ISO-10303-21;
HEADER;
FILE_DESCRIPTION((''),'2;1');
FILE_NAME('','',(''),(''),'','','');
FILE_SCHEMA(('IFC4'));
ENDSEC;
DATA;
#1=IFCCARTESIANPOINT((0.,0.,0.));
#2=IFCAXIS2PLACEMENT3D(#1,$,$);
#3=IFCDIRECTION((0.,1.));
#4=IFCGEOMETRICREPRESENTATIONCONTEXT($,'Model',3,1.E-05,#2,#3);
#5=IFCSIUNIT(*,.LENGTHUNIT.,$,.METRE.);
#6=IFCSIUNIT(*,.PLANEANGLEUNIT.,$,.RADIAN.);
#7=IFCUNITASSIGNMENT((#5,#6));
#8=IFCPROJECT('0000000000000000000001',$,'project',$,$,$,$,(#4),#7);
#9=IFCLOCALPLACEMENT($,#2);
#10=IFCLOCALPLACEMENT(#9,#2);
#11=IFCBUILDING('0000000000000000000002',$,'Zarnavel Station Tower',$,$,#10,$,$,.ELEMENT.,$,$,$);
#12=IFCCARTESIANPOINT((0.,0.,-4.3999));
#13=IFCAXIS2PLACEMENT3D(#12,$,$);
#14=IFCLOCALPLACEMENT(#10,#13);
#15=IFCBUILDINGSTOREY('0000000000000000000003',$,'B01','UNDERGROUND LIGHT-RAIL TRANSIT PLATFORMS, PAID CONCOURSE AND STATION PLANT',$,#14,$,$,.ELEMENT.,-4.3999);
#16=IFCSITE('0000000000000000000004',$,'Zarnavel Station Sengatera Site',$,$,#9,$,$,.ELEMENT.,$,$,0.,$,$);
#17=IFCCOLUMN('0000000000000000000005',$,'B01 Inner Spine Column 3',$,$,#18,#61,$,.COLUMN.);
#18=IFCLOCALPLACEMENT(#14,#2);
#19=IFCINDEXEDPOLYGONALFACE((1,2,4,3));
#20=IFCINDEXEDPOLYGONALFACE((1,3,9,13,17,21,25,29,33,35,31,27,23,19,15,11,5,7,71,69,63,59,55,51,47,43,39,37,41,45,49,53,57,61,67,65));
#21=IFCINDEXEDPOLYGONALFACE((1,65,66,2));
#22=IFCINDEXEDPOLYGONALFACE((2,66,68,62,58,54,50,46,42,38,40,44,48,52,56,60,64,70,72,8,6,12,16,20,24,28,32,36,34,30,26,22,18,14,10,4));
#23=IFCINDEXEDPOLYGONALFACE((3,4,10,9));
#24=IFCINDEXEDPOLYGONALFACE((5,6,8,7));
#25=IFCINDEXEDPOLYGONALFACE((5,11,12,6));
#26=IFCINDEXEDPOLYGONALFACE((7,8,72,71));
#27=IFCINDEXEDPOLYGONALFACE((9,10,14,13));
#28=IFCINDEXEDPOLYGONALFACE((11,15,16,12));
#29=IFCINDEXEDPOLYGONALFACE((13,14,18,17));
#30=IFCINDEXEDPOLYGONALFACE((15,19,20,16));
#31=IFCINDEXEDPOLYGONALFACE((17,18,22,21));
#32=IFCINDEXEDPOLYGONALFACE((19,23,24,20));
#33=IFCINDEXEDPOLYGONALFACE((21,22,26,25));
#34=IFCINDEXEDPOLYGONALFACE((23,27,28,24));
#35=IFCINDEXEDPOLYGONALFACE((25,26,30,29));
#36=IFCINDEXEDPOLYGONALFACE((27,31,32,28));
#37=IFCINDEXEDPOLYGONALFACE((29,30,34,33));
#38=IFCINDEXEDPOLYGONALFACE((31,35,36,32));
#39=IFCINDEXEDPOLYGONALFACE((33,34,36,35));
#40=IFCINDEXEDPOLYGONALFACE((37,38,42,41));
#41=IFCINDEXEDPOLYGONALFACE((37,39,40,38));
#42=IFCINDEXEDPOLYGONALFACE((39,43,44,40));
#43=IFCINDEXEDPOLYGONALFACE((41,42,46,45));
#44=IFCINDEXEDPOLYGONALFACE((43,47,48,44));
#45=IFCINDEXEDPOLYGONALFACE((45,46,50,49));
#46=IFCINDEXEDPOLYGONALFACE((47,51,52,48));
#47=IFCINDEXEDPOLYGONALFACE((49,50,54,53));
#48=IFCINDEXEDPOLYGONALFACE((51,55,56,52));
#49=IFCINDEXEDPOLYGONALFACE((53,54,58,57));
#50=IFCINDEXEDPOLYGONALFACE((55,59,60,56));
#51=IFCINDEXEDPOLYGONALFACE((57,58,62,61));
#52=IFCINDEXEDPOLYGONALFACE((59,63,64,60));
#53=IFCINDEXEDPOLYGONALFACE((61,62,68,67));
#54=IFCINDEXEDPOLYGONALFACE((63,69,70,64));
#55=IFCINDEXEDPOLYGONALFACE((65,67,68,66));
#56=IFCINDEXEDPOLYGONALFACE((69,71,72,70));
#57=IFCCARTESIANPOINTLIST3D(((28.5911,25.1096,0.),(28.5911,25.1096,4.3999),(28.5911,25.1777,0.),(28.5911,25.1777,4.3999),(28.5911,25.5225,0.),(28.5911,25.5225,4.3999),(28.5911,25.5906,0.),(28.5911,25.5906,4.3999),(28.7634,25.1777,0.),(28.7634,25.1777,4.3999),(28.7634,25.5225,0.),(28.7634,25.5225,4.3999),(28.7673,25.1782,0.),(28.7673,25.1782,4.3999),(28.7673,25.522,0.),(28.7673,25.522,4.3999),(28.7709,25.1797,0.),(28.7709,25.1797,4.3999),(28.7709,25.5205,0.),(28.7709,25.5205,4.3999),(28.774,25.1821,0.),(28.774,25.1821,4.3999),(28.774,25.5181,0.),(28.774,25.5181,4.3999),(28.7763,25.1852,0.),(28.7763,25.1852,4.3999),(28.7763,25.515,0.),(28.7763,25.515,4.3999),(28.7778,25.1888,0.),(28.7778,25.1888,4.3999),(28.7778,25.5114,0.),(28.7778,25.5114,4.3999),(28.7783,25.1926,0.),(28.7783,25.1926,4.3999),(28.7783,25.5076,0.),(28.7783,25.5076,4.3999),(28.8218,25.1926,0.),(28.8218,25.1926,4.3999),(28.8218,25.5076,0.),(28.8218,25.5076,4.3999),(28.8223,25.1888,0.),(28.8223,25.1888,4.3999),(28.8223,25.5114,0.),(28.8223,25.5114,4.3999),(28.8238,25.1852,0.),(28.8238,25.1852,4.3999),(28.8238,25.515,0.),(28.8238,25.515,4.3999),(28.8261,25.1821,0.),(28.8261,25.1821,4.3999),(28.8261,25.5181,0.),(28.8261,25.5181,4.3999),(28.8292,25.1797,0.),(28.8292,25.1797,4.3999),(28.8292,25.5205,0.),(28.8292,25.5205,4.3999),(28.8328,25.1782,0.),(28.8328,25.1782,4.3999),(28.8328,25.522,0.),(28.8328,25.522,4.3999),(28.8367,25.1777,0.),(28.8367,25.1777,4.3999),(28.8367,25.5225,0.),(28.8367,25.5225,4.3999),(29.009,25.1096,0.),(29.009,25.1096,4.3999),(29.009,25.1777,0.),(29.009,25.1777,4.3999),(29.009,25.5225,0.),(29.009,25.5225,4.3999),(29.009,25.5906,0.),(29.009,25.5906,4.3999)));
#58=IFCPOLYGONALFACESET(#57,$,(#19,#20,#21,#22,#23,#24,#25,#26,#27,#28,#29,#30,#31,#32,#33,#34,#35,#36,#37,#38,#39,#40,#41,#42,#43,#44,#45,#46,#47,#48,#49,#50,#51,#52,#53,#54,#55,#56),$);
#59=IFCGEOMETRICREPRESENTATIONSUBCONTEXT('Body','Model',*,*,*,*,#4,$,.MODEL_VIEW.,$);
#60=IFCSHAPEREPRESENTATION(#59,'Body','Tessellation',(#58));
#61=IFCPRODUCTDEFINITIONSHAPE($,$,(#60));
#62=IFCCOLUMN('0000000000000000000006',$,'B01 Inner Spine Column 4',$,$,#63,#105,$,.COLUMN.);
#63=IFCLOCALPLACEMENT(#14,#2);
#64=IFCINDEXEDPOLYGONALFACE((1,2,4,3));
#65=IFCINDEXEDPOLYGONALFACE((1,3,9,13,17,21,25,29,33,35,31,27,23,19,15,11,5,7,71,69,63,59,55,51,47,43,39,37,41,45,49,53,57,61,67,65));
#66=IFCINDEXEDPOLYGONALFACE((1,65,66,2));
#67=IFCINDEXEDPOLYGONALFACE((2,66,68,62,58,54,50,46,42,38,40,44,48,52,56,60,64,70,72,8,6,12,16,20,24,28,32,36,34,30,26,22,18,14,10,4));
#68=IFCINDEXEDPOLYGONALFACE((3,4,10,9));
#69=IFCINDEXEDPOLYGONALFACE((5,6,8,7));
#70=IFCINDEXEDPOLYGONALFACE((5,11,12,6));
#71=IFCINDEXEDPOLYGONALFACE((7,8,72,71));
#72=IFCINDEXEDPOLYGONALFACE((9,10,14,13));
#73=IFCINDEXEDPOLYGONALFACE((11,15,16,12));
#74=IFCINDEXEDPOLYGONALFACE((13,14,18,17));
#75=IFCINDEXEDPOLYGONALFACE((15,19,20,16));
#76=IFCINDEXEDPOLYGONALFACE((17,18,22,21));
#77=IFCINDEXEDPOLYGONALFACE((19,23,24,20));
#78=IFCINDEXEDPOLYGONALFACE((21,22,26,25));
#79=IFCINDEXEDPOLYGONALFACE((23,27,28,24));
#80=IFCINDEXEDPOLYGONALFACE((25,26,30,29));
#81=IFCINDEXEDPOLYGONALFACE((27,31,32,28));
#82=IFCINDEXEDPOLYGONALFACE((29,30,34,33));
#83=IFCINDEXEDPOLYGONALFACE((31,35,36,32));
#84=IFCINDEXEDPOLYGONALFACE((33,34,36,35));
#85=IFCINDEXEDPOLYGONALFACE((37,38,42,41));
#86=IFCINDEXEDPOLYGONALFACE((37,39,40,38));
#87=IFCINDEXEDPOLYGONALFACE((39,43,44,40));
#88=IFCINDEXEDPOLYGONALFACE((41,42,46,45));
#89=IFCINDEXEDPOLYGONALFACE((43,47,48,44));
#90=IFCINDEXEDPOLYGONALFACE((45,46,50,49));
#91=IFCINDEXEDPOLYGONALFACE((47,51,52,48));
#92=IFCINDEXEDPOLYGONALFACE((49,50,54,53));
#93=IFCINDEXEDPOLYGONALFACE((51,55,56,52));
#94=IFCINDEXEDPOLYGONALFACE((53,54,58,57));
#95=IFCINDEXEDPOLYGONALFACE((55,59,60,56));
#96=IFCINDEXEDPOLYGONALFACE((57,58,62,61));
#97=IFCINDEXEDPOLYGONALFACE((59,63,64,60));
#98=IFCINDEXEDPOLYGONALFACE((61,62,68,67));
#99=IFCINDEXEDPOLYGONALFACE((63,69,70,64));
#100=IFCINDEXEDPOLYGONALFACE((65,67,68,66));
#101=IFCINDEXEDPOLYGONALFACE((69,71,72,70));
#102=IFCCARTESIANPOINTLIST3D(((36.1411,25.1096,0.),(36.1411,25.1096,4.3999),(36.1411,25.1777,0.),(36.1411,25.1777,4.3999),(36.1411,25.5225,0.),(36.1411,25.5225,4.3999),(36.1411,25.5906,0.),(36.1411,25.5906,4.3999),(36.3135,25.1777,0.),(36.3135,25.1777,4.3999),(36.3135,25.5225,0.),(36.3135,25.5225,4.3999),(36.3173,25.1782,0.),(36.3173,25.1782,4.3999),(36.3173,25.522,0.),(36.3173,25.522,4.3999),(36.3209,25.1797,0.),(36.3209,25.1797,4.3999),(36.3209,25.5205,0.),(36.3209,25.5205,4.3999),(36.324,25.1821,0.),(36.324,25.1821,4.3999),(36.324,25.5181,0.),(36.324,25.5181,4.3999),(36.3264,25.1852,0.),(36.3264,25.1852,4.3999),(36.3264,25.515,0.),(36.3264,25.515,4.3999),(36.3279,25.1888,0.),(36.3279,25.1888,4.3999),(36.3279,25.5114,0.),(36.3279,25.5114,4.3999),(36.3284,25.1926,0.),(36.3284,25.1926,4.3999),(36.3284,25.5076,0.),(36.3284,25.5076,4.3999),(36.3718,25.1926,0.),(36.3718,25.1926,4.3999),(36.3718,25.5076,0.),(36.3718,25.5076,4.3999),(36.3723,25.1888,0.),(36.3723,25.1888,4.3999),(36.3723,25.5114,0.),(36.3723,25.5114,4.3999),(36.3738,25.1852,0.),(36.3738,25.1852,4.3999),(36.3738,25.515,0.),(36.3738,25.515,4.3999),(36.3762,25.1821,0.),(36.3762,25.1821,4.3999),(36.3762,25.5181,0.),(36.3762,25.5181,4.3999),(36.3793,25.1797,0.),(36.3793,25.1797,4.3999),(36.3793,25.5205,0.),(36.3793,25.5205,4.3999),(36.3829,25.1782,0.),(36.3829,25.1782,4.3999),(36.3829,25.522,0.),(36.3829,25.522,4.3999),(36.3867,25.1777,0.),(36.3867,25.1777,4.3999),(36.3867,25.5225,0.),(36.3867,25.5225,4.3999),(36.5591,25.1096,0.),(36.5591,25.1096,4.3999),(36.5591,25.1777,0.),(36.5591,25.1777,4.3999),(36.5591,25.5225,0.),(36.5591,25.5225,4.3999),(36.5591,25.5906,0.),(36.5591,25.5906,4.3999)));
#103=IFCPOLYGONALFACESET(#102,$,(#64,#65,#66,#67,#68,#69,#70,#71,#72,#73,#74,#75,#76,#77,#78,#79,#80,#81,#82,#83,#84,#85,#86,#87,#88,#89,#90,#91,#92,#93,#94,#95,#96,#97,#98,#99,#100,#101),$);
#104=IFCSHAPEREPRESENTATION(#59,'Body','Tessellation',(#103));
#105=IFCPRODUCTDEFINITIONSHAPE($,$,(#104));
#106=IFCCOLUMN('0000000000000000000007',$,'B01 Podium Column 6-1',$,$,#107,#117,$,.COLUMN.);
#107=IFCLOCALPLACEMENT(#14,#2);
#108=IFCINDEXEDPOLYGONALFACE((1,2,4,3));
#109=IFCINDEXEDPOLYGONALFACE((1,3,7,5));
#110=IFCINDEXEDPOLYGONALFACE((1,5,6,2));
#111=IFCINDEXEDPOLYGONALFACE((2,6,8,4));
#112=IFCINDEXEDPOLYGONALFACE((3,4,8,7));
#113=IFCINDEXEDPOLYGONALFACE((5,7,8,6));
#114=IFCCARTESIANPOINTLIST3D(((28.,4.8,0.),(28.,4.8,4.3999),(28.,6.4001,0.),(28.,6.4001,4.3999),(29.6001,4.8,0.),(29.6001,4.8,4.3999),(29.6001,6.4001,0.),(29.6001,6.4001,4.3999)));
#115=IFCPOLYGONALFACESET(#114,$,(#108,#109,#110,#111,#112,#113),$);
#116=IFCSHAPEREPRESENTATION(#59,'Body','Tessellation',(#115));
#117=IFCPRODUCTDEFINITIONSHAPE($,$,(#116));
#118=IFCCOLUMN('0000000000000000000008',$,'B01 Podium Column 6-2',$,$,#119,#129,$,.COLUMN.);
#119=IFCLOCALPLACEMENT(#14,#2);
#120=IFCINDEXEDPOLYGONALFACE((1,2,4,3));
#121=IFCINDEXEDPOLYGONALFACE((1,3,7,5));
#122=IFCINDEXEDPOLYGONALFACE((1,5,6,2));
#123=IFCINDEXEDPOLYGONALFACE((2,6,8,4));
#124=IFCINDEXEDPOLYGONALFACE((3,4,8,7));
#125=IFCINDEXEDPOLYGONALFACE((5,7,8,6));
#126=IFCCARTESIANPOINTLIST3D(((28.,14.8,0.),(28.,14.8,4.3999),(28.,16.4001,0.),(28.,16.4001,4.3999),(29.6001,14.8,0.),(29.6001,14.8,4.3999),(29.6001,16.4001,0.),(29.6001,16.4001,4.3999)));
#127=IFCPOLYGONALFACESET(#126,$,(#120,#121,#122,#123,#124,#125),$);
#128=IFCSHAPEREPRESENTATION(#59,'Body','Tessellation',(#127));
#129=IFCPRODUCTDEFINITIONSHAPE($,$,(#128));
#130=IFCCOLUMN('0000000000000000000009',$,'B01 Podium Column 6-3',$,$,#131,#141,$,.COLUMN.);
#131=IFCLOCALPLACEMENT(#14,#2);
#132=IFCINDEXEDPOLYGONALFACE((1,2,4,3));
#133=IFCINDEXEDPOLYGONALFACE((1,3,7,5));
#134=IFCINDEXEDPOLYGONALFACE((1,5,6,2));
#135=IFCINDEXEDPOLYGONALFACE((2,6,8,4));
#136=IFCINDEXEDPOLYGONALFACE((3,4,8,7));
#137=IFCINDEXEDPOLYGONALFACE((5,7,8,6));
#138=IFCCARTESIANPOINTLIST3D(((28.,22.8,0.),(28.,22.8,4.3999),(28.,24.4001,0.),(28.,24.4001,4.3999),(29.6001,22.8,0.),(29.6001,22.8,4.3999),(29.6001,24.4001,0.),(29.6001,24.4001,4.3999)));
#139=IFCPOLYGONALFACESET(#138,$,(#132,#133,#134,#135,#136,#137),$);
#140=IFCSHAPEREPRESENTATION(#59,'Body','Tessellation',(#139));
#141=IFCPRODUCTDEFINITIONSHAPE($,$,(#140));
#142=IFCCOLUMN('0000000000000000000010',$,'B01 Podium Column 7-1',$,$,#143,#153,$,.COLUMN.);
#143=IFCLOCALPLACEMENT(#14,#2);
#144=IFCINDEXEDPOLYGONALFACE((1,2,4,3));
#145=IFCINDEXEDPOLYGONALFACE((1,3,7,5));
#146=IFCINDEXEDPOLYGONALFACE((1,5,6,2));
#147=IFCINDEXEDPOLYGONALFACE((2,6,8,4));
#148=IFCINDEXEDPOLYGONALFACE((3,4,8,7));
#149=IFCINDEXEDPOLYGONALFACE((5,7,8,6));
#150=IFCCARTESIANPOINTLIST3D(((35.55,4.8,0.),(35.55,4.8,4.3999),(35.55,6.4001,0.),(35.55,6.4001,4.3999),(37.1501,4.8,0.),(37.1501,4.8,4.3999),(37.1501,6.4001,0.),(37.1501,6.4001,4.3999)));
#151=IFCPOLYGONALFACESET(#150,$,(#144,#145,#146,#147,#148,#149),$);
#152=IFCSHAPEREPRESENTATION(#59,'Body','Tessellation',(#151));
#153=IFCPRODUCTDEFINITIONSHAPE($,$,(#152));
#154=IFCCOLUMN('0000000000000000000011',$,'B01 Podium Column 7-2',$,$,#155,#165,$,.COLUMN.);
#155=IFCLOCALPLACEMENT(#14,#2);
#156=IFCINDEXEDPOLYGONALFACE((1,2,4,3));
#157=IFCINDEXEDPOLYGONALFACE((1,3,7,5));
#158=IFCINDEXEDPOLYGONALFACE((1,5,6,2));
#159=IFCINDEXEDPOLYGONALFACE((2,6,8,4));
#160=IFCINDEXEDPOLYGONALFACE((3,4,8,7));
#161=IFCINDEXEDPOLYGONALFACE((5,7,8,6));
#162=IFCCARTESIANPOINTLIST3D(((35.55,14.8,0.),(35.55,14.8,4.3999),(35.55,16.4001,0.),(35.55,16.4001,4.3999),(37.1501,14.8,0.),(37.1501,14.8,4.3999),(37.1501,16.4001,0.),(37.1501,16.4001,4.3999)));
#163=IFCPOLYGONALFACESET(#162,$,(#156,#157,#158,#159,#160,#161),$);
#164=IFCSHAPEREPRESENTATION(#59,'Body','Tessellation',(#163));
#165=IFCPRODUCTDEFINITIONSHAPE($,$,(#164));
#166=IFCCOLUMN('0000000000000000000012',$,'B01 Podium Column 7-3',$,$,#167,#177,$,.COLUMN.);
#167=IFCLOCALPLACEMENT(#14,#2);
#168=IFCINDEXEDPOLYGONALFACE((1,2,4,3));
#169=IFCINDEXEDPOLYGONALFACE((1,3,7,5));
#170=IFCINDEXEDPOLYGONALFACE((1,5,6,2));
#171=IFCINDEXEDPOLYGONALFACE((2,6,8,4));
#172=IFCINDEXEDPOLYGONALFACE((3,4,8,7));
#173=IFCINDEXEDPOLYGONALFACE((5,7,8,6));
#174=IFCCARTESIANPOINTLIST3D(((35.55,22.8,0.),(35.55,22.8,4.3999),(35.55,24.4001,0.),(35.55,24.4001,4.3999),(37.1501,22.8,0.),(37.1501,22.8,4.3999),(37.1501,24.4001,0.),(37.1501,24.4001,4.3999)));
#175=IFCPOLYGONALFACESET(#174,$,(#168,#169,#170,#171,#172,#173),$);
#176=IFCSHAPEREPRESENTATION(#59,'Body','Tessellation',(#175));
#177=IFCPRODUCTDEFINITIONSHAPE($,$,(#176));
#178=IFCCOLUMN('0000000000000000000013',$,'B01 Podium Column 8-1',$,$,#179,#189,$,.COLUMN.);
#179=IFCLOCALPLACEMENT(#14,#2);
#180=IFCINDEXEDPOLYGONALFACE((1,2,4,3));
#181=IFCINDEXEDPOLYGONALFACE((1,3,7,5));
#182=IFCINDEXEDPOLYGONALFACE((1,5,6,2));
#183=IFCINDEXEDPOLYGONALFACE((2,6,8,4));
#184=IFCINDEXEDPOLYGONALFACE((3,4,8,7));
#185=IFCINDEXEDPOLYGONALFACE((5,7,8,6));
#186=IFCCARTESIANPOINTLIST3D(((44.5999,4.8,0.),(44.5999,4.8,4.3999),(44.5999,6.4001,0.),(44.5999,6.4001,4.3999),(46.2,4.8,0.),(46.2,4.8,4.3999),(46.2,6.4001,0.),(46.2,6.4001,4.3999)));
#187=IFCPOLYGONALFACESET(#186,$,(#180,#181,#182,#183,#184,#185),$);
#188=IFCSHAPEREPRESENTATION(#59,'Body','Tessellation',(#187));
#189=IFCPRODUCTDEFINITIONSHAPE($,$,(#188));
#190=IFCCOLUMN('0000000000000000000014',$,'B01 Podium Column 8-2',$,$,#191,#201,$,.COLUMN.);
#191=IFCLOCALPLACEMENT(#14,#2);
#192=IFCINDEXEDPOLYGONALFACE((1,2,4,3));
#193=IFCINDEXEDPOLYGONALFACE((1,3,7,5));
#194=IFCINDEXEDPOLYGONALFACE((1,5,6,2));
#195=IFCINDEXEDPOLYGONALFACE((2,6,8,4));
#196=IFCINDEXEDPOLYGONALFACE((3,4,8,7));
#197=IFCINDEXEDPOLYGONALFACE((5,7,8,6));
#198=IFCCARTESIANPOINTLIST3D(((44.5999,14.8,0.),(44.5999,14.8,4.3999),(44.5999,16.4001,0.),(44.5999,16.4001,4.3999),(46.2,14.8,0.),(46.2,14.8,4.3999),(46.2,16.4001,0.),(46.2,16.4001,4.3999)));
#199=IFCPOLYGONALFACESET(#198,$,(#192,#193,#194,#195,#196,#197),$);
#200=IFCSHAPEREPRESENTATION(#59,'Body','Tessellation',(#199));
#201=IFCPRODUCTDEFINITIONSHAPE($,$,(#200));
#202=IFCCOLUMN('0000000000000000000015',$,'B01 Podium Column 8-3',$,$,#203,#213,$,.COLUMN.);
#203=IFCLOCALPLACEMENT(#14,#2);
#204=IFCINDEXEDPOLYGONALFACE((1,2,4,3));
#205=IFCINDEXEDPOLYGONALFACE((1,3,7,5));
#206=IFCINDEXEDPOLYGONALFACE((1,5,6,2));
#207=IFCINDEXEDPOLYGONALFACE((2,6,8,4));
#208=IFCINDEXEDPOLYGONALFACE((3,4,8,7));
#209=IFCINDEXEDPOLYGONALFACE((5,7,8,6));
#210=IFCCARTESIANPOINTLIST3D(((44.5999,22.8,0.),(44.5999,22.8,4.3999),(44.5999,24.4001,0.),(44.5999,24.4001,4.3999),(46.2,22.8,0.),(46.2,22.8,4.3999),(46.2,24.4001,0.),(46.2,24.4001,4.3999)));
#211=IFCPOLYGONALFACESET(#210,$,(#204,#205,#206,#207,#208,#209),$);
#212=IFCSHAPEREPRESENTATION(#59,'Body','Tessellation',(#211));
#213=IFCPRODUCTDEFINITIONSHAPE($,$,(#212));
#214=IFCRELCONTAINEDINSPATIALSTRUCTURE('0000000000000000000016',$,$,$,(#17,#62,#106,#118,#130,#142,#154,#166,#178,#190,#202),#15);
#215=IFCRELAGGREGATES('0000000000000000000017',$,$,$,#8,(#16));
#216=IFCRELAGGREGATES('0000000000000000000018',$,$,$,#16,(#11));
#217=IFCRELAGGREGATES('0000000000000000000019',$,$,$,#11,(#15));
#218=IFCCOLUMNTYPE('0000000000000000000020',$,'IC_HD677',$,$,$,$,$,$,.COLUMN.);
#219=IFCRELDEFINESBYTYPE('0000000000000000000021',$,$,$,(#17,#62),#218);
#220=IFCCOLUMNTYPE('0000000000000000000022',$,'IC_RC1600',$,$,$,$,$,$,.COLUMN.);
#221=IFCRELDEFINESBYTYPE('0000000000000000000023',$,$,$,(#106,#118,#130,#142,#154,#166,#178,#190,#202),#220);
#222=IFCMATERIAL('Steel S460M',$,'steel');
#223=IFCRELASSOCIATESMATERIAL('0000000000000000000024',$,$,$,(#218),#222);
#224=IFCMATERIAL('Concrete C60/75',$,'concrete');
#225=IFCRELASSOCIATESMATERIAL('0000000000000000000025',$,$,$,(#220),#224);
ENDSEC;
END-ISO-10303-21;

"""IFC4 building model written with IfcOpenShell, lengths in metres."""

from ifc_helpers import new_model, si_unit, direction, frame, origin, origin_2d, place, context, subcontext, project, spatial, rectangle, i_section, extrude, material, material_profile, profile_set, type_object, element, save


model = new_model("IFC4")

# Units and contexts
model_context = context("Model", 3, precision=1e-05, world=origin(), true_north=direction((0.0, 1.0)))
body_context = subcontext(model_context, "Body", "Model", "MODEL_VIEW")
ifc_project = project(units=[si_unit("LENGTHUNIT", "METRE"), si_unit("PLANEANGLEUNIT", "RADIAN")], contexts=[model_context])

# Site, building, storey
site_placement = place(None, origin())
site = spatial("IfcSite", under=ifc_project, at=site_placement, Name="Zarnavel Station Sengatera Site", CompositionType="ELEMENT", RefElevation=0.0)
building_placement = place(site_placement, origin())
building = spatial("IfcBuilding", under=site, at=building_placement, Name="Zarnavel Station Tower", CompositionType="ELEMENT")
storey_placement = place(building_placement, frame((0.0, 0.0, -4.3999)))
storey = spatial("IfcBuildingStorey", under=building, at=storey_placement, Name="B01", Description="UNDERGROUND LIGHT-RAIL TRANSIT PLATFORMS, PAID CONCOURSE AND STATION PLANT", CompositionType="ELEMENT", Elevation=-4.3999)

# Columns
ifc_material_1 = material(Name="Steel S460M", Category="steel")
ifc_material_profile_1 = material_profile(ifc_material_1, i_section(OverallWidth=0.418, OverallDepth=0.481, WebThickness=0.0435, FlangeThickness=0.0681, FilletRadius=0.0149, at=origin_2d()), Name="HD400x677")
ifc_profile_set_1 = profile_set([ifc_material_profile_1], Name="Steel S460M")
column_type_1 = type_object("IfcColumnType", Name="IC_HD677", PredefinedType="COLUMN", material=ifc_profile_set_1)
for number, where, z_axis, x_axis, name in (
    (1, (28.8, 25.3501, 0.0), (0.0, 0.0, 1.0), (1.0, 0.0, 0.0), "B01 Inner Spine Column 3"),
    (2, (36.3501, 25.3501, 0.0), (0.0, 0.0, 1.0), (1.0, 0.0, 0.0), "B01 Inner Spine Column 4"),
):
    element("IfcColumn", number, at=place(storey_placement, frame(where, z_axis=z_axis, x_axis=x_axis)), inside=storey, type_object=column_type_1, Name=name, PredefinedType="COLUMN", context=body_context, shape_type="SweptSolid", body=[
        extrude(i_section(OverallWidth=0.418, OverallDepth=0.481, WebThickness=0.0435, FlangeThickness=0.0681, FilletRadius=0.0149, at=origin_2d()), origin(), (0.0, 0.0, 1.0), 4.3999),
    ])
ifc_material_2 = material(Name="Concrete C60/75", Category="concrete")
ifc_material_profile_2 = material_profile(ifc_material_2, rectangle(XDim=1.6001, YDim=1.6001, at=origin_2d()), Name="RC1600x1600")
ifc_profile_set_2 = profile_set([ifc_material_profile_2], Name="Concrete C60/75")
column_type_2 = type_object("IfcColumnType", Name="IC_RC1600", PredefinedType="COLUMN", material=ifc_profile_set_2)
for number, where, z_axis, x_axis, name in (
    (3, (28.8, 5.6001, 0.0), (0.0, 0.0, 1.0), (1.0, 0.0, 0.0), "B01 Podium Column 6-1"),
    (4, (28.8, 15.6001, 0.0), (0.0, 0.0, 1.0), (1.0, 0.0, 0.0), "B01 Podium Column 6-2"),
    (5, (28.8, 23.6001, 0.0), (0.0, 0.0, 1.0), (1.0, 0.0, 0.0), "B01 Podium Column 6-3"),
    (6, (36.3501, 5.6001, 0.0), (0.0, 0.0, 1.0), (1.0, 0.0, 0.0), "B01 Podium Column 7-1"),
    (7, (36.3501, 15.6001, 0.0), (0.0, 0.0, 1.0), (1.0, 0.0, 0.0), "B01 Podium Column 7-2"),
    (8, (36.3501, 23.6001, 0.0), (0.0, 0.0, 1.0), (1.0, 0.0, 0.0), "B01 Podium Column 7-3"),
    (9, (45.3999, 5.6001, 0.0), (0.0, 0.0, 1.0), (1.0, 0.0, 0.0), "B01 Podium Column 8-1"),
    (10, (45.3999, 15.6001, 0.0), (0.0, 0.0, 1.0), (1.0, 0.0, 0.0), "B01 Podium Column 8-2"),
    (11, (45.3999, 23.6001, 0.0), (0.0, 0.0, 1.0), (1.0, 0.0, 0.0), "B01 Podium Column 8-3"),
):
    element("IfcColumn", number, at=place(storey_placement, frame(where, z_axis=z_axis, x_axis=x_axis)), inside=storey, type_object=column_type_2, Name=name, PredefinedType="COLUMN", context=body_context, shape_type="SweptSolid", body=[
        extrude(rectangle(XDim=1.6001, YDim=1.6001, at=origin_2d()), origin(), (0.0, 0.0, 1.0), 4.3999),
    ])

save(model, "model.ifc")
